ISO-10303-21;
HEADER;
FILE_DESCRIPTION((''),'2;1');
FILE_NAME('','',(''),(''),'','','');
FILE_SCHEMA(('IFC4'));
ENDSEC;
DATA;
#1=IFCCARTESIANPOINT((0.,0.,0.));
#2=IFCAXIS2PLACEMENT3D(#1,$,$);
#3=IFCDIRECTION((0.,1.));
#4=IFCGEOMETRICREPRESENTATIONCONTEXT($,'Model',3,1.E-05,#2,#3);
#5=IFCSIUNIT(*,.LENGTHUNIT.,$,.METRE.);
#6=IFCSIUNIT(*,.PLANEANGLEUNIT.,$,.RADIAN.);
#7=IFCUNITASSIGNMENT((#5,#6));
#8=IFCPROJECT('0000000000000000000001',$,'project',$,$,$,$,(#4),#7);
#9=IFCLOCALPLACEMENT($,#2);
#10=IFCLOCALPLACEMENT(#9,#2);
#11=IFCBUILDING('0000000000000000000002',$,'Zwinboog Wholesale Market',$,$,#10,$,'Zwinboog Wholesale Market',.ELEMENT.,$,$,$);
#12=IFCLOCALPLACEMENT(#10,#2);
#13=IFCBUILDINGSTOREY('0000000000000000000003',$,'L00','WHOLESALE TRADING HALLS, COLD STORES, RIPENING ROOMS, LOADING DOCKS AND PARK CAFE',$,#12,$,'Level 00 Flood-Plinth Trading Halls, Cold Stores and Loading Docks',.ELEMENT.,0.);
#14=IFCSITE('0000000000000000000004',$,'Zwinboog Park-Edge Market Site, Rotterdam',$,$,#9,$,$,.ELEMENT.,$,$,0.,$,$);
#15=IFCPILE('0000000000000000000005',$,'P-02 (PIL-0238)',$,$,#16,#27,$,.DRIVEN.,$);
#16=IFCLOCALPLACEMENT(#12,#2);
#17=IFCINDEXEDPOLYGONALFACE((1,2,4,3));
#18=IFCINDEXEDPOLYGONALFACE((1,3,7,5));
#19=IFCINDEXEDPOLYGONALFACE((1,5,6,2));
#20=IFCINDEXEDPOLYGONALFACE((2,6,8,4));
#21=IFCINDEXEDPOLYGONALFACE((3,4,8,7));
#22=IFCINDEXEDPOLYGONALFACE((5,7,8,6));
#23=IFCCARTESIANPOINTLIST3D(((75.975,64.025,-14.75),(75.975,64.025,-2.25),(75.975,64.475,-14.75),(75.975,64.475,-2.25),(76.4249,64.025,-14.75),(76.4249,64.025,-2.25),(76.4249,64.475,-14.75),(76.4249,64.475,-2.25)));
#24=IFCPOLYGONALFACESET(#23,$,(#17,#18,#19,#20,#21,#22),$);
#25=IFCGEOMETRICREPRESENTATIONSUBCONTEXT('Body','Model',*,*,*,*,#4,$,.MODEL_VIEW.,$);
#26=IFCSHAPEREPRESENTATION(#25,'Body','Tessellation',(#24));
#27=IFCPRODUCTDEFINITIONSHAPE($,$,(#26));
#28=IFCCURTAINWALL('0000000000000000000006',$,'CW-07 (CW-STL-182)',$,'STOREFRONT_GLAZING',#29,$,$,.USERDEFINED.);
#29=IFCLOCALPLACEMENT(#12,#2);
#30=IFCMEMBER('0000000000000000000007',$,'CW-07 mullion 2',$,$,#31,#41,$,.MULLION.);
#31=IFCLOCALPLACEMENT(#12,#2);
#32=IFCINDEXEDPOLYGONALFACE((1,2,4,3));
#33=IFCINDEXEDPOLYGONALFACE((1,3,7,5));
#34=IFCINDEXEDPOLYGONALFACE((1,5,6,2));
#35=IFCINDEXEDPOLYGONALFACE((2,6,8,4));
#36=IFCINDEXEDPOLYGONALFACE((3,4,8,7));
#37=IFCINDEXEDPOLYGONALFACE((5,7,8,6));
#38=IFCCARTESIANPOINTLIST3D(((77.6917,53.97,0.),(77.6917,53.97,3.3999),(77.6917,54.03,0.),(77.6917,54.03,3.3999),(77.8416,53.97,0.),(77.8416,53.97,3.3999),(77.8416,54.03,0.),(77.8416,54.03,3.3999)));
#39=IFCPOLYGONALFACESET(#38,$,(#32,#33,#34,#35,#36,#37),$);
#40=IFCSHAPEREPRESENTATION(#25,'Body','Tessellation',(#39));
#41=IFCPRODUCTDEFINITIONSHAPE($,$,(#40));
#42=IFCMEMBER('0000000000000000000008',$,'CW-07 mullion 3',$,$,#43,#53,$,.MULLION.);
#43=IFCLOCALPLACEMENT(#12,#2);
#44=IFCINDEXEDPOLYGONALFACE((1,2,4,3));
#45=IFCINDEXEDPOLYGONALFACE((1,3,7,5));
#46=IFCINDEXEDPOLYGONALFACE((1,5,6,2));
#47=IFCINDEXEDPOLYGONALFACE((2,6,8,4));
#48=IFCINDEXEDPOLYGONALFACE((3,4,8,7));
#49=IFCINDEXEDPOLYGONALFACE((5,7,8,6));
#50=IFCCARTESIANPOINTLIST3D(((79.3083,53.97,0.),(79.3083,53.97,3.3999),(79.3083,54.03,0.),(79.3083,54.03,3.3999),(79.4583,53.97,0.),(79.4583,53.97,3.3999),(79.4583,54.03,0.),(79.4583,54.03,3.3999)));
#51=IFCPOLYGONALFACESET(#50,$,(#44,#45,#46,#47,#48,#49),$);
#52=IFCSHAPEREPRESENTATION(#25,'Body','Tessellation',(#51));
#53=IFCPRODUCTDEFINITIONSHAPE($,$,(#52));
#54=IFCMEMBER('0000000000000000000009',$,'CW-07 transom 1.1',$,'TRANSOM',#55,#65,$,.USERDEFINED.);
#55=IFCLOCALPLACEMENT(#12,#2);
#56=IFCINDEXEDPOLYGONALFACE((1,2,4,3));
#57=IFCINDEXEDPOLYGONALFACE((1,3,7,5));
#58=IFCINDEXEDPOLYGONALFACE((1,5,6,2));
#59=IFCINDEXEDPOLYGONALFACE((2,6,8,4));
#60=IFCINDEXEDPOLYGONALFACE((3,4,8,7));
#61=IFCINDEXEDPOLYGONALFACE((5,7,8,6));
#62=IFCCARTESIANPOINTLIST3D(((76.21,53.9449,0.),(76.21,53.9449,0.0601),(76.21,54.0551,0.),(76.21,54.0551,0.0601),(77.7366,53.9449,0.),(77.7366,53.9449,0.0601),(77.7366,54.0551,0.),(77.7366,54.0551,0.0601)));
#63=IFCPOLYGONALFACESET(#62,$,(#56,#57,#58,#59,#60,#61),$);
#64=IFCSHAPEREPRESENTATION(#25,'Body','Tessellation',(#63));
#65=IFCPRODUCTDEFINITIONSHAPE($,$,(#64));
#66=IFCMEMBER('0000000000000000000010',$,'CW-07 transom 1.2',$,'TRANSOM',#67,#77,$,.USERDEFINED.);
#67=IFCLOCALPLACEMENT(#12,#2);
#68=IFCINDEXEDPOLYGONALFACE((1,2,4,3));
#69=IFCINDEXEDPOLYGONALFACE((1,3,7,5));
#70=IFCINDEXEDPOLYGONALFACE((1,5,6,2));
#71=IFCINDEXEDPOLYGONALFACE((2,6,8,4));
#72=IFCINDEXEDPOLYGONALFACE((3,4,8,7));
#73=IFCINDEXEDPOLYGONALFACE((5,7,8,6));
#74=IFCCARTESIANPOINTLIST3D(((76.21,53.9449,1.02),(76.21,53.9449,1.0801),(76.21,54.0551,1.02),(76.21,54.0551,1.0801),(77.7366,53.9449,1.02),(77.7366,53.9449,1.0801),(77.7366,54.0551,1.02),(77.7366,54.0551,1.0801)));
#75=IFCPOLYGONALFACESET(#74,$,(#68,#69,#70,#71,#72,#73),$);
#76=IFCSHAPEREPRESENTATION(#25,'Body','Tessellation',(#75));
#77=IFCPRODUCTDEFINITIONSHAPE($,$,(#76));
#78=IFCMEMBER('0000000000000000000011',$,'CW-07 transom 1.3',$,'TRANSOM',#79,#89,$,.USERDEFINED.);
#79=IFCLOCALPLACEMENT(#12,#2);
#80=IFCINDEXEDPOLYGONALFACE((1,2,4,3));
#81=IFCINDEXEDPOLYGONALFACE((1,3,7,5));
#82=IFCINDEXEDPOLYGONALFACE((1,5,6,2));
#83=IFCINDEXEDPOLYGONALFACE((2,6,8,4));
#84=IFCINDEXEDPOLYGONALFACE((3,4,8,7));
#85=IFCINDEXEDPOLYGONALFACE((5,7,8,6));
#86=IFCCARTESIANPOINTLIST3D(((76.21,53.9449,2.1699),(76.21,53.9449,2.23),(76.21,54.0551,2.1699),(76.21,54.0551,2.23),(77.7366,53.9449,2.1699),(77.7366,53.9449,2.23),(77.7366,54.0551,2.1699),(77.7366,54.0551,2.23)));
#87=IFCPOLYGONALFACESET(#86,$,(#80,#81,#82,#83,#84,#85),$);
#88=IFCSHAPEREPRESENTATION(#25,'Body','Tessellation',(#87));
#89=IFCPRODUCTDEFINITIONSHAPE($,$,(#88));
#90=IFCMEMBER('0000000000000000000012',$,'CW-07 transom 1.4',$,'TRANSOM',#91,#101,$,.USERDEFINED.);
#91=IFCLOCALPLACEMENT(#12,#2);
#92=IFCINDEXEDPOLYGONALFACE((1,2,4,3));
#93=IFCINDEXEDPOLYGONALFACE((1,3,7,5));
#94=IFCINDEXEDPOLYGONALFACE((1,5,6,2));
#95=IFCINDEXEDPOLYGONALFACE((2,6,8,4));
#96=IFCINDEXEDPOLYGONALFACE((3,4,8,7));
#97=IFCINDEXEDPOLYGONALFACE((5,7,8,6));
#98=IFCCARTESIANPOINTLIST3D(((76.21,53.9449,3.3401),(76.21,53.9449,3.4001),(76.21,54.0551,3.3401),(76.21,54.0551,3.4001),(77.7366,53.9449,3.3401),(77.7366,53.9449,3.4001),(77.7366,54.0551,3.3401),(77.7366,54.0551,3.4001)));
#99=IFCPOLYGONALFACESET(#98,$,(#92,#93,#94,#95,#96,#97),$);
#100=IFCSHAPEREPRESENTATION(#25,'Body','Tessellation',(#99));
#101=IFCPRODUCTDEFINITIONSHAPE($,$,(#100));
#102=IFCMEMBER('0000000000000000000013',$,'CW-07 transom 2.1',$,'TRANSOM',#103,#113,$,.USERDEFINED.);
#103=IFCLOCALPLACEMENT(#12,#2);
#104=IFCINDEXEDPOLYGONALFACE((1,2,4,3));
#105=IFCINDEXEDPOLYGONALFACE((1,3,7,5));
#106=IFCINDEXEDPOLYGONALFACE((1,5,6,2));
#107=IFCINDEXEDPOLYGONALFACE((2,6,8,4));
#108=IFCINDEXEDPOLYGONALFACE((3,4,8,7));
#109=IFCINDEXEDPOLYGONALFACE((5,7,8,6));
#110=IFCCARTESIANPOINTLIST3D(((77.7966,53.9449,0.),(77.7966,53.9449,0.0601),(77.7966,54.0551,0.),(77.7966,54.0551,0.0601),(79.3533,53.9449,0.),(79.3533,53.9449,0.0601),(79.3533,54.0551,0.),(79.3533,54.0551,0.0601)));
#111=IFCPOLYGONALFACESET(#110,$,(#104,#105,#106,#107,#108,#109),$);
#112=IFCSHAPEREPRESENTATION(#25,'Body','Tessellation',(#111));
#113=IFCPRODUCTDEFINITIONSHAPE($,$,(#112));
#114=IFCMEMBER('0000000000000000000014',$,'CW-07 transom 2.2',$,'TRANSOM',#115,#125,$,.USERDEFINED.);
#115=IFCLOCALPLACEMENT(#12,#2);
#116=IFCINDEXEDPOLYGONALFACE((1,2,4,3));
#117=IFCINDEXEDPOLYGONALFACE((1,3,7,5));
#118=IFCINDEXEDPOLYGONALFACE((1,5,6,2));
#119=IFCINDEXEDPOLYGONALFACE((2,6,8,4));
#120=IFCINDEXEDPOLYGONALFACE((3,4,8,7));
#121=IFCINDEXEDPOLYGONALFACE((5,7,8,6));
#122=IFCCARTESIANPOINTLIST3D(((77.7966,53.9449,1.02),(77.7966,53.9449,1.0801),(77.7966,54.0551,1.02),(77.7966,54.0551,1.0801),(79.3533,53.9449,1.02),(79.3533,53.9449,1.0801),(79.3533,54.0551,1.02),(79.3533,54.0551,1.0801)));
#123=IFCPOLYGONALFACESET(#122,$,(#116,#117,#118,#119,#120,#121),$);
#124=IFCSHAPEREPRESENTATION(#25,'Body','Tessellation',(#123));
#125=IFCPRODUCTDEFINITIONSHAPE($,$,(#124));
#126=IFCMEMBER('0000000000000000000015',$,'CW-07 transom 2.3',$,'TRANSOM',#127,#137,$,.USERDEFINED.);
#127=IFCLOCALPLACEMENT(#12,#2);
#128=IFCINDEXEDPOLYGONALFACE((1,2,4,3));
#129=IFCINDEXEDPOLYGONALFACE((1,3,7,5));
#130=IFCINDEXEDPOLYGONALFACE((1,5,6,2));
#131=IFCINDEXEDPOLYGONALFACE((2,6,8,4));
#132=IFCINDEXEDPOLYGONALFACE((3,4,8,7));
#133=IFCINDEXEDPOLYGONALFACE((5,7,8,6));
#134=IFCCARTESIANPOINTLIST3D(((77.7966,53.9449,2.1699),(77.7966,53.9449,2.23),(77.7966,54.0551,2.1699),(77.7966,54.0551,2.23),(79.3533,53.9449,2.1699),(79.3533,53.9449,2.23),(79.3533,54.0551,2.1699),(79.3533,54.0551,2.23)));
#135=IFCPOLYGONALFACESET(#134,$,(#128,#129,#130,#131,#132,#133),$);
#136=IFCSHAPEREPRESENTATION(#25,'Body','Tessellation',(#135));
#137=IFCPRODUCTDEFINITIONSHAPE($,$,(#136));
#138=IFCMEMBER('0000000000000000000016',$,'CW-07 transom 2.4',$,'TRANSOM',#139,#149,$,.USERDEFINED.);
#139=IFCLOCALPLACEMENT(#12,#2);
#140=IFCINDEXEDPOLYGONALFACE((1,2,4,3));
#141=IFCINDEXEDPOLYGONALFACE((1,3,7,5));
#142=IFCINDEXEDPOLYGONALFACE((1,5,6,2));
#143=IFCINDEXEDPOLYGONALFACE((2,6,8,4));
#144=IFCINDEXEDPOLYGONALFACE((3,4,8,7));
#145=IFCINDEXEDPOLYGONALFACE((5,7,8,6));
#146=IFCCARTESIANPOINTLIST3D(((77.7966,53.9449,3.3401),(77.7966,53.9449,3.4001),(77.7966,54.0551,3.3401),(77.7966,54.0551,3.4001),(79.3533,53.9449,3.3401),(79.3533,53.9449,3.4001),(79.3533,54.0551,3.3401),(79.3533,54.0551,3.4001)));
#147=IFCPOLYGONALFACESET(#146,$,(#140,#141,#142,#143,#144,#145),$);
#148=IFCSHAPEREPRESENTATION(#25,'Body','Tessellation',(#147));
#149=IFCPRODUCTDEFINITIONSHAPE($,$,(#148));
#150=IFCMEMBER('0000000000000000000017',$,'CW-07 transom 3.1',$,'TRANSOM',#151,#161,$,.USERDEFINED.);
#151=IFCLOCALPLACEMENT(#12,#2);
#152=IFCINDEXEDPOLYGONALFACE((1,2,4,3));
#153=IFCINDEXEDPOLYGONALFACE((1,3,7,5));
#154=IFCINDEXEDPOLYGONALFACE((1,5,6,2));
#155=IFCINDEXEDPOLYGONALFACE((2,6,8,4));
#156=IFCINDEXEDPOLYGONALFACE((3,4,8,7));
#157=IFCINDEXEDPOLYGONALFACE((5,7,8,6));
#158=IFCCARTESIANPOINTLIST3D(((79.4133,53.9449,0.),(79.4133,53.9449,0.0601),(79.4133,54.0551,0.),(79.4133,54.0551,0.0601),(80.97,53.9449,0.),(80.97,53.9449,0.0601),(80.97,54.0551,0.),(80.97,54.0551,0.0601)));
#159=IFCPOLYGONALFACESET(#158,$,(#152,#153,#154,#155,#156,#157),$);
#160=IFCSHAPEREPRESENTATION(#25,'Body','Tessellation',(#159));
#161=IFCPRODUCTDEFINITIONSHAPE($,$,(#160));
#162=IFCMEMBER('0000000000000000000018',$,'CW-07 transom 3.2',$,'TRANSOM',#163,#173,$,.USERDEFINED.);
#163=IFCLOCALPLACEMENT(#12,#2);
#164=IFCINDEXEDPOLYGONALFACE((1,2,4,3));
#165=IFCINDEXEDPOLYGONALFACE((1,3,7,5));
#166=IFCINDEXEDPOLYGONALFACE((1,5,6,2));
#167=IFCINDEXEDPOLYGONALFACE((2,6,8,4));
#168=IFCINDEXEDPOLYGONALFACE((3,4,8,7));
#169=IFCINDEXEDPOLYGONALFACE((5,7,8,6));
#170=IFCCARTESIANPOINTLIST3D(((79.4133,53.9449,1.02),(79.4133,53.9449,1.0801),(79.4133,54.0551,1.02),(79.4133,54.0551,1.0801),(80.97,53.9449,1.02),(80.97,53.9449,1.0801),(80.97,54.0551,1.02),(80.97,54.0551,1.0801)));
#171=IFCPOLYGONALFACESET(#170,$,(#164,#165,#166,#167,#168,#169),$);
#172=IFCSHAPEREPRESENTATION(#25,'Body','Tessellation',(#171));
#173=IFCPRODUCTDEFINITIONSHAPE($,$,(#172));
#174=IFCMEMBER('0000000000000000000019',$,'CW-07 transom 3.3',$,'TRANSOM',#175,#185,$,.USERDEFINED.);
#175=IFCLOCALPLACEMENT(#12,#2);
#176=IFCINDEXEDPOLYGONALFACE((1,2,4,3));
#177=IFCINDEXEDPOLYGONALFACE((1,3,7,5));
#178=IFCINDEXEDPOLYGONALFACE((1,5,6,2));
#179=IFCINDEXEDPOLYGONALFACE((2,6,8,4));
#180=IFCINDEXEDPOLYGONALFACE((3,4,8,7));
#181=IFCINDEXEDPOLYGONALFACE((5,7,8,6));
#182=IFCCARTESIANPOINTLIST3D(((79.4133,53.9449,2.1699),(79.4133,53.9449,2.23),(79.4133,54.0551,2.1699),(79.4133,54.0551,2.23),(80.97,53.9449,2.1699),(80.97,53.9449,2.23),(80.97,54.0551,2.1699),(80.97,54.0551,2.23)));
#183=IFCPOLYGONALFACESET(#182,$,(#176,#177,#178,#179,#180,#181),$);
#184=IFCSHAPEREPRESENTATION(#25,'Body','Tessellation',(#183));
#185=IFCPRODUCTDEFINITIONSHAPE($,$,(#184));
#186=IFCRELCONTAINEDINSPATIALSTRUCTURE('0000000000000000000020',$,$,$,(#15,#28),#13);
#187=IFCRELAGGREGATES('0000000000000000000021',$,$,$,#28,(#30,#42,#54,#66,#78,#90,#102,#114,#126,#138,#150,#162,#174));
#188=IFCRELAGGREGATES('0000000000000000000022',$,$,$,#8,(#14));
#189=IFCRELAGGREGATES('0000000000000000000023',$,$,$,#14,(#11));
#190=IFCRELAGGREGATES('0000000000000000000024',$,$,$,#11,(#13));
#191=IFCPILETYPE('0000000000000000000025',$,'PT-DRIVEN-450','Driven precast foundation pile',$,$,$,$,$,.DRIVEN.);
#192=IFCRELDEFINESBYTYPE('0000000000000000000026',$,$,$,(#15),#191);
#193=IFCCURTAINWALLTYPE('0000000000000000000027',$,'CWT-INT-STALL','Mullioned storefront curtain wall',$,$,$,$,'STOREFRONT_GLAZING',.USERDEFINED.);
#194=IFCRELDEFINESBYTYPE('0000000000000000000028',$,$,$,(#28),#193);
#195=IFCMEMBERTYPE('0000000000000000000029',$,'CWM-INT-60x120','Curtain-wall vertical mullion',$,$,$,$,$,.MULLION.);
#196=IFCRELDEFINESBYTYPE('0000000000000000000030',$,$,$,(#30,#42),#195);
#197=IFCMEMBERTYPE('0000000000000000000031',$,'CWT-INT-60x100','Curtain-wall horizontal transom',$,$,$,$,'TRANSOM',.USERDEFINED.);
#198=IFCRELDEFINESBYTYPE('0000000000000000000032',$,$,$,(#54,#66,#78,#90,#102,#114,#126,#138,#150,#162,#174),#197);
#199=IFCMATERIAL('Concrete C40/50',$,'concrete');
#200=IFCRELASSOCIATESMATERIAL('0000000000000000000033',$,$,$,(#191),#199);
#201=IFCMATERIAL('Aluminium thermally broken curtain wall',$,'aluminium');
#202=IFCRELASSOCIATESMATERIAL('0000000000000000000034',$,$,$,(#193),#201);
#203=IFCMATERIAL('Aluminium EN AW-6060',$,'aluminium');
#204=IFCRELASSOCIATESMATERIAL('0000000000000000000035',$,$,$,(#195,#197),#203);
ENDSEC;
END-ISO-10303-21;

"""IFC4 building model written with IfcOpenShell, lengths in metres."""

from ifc_helpers import new_model, si_unit, direction, frame, origin, origin_2d, place, context, subcontext, project, spatial, rectangle, extrude, material, material_profile, profile_set, type_object, element, aggregate, save


model = new_model("IFC4")

# Units and contexts
model_context = context("Model", 3, precision=1e-05, world=origin(), true_north=direction((0.0, 1.0)))
body_context = subcontext(model_context, "Body", "Model", "MODEL_VIEW")
ifc_project = project(units=[si_unit("LENGTHUNIT", "METRE"), si_unit("PLANEANGLEUNIT", "RADIAN")], contexts=[model_context])

# Site, building, storey
site_placement = place(None, origin())
site = spatial("IfcSite", under=ifc_project, at=site_placement, Name="Zwinboog Park-Edge Market Site, Rotterdam", CompositionType="ELEMENT", RefElevation=0.0)
building_placement = place(site_placement, origin())
building = spatial("IfcBuilding", under=site, at=building_placement, Name="Zwinboog Wholesale Market", LongName="Zwinboog Wholesale Market", CompositionType="ELEMENT")
storey_placement = place(building_placement, origin())
storey = spatial("IfcBuildingStorey", under=building, at=storey_placement, Name="L00", Description="WHOLESALE TRADING HALLS, COLD STORES, RIPENING ROOMS, LOADING DOCKS AND PARK CAFE", LongName="Level 00 Flood-Plinth Trading Halls, Cold Stores and Loading Docks", CompositionType="ELEMENT", Elevation=0.0)

# Pile
ifc_material_1 = material(Name="Concrete C40/50", Category="concrete")
ifc_material_profile_1 = material_profile(ifc_material_1, rectangle(XDim=0.45, YDim=0.45, at=origin_2d()), Name="PILE SQ450")
ifc_profile_set_1 = profile_set([ifc_material_profile_1], Name="Concrete C40/50")
pile_type = type_object("IfcPileType", Name="PT-DRIVEN-450", Description="Driven precast foundation pile", PredefinedType="DRIVEN", material=ifc_profile_set_1)
pile_placement = place(storey_placement, frame((76.2, 64.25, -2.25), z_axis=(0.0, 0.0, -1.0), x_axis=(1.0, 0.0, 0.0)))
element("IfcPile", 1, at=pile_placement, inside=storey, type_object=pile_type, Name="P-02 (PIL-0238)", PredefinedType="DRIVEN", context=body_context, shape_type="SweptSolid", body=[
    extrude(rectangle(XDim=0.45, YDim=0.45, at=origin_2d()), origin(), (0.0, 0.0, 1.0), 12.5),
])

# Curtain wall, members
ifc_material_2 = material(Name="Aluminium thermally broken curtain wall", Category="aluminium")
curtain_wall_type = type_object("IfcCurtainWallType", Name="CWT-INT-STALL", Description="Mullioned storefront curtain wall", ElementType="STOREFRONT_GLAZING", PredefinedType="USERDEFINED", material=ifc_material_2)
curtain_wall_placement = place(storey_placement, origin())
curtain_wall = element("IfcCurtainWall", 2, at=curtain_wall_placement, inside=storey, type_object=curtain_wall_type, Name="CW-07 (CW-STL-182)", ObjectType="STOREFRONT_GLAZING", PredefinedType="USERDEFINED")
ifc_material_3 = material(Name="Aluminium EN AW-6060", Category="aluminium")
ifc_material_profile_2 = material_profile(ifc_material_3, rectangle(XDim=0.0601, YDim=0.1499, at=origin_2d()), Name="AL 60x150")
ifc_profile_set_2 = profile_set([ifc_material_profile_2], Name="Aluminium EN AW-6060")
member_type_1 = type_object("IfcMemberType", Name="CWM-INT-60x120", Description="Curtain-wall vertical mullion", PredefinedType="MULLION", material=ifc_profile_set_2)
member_1_placement = place(storey_placement, frame((77.7666, 54.0, 0.0), z_axis=(0.0, 0.0, 1.0), x_axis=(0.0, 1.0, 0.0)))
member_1 = element("IfcMember", 3, at=member_1_placement, type_object=member_type_1, Name="CW-07 mullion 2", PredefinedType="MULLION", context=body_context, shape_type="SweptSolid", body=[
    extrude(rectangle(XDim=0.0601, YDim=0.1499, at=origin_2d()), origin(), (0.0, 0.0, 1.0), 3.3999),
])
member_2_placement = place(storey_placement, frame((79.3833, 54.0, 0.0), z_axis=(0.0, 0.0, 1.0), x_axis=(0.0, 1.0, 0.0)))
member_2 = element("IfcMember", 4, at=member_2_placement, type_object=member_type_1, Name="CW-07 mullion 3", PredefinedType="MULLION", context=body_context, shape_type="SweptSolid", body=[
    extrude(rectangle(XDim=0.0601, YDim=0.1499, at=origin_2d()), origin(), (0.0, 0.0, 1.0), 3.3999),
])
ifc_material_profile_3 = material_profile(ifc_material_3, rectangle(XDim=0.1101, YDim=0.0601, at=origin_2d()), Name="AL 60x110")
ifc_profile_set_3 = profile_set([ifc_material_profile_3], Name="Aluminium EN AW-6060")
member_type_2 = type_object("IfcMemberType", Name="CWT-INT-60x100", Description="Curtain-wall horizontal transom", ElementType="TRANSOM", PredefinedType="USERDEFINED", material=ifc_profile_set_3)
member_3_placement = place(storey_placement, frame((76.21, 54.0, 0.03), z_axis=(1.0, 0.0, 0.0), x_axis=(0.0, 1.0, 0.0)))
member_3 = element("IfcMember", 5, at=member_3_placement, type_object=member_type_2, Name="CW-07 transom 1.1", ObjectType="TRANSOM", PredefinedType="USERDEFINED", context=body_context, shape_type="SweptSolid", body=[
    extrude(rectangle(XDim=0.1101, YDim=0.0601, at=origin_2d()), origin(), (0.0, 0.0, 1.0), 1.5266),
])
member_4_placement = place(storey_placement, frame((76.21, 54.0, 1.05), z_axis=(1.0, 0.0, 0.0), x_axis=(0.0, 1.0, 0.0)))
member_4 = element("IfcMember", 6, at=member_4_placement, type_object=member_type_2, Name="CW-07 transom 1.2", ObjectType="TRANSOM", PredefinedType="USERDEFINED", context=body_context, shape_type="SweptSolid", body=[
    extrude(rectangle(XDim=0.1101, YDim=0.0601, at=origin_2d()), origin(), (0.0, 0.0, 1.0), 1.5266),
])
member_5_placement = place(storey_placement, frame((76.21, 54.0, 2.2), z_axis=(1.0, 0.0, 0.0), x_axis=(0.0, 1.0, 0.0)))
member_5 = element("IfcMember", 7, at=member_5_placement, type_object=member_type_2, Name="CW-07 transom 1.3", ObjectType="TRANSOM", PredefinedType="USERDEFINED", context=body_context, shape_type="SweptSolid", body=[
    extrude(rectangle(XDim=0.1101, YDim=0.0601, at=origin_2d()), origin(), (0.0, 0.0, 1.0), 1.5266),
])
member_6_placement = place(storey_placement, frame((76.21, 54.0, 3.3701), z_axis=(1.0, 0.0, 0.0), x_axis=(0.0, 1.0, 0.0)))
member_6 = element("IfcMember", 8, at=member_6_placement, type_object=member_type_2, Name="CW-07 transom 1.4", ObjectType="TRANSOM", PredefinedType="USERDEFINED", context=body_context, shape_type="SweptSolid", body=[
    extrude(rectangle(XDim=0.1101, YDim=0.0601, at=origin_2d()), origin(), (0.0, 0.0, 1.0), 1.5266),
])
member_7_placement = place(storey_placement, frame((77.7966, 54.0, 0.03), z_axis=(1.0, 0.0, 0.0), x_axis=(0.0, 1.0, 0.0)))
member_7 = element("IfcMember", 9, at=member_7_placement, type_object=member_type_2, Name="CW-07 transom 2.1", ObjectType="TRANSOM", PredefinedType="USERDEFINED", context=body_context, shape_type="SweptSolid", body=[
    extrude(rectangle(XDim=0.1101, YDim=0.0601, at=origin_2d()), origin(), (0.0, 0.0, 1.0), 1.5566),
])
member_8_placement = place(storey_placement, frame((77.7966, 54.0, 1.05), z_axis=(1.0, 0.0, 0.0), x_axis=(0.0, 1.0, 0.0)))
member_8 = element("IfcMember", 10, at=member_8_placement, type_object=member_type_2, Name="CW-07 transom 2.2", ObjectType="TRANSOM", PredefinedType="USERDEFINED", context=body_context, shape_type="SweptSolid", body=[
    extrude(rectangle(XDim=0.1101, YDim=0.0601, at=origin_2d()), origin(), (0.0, 0.0, 1.0), 1.5566),
])
member_9_placement = place(storey_placement, frame((77.7966, 54.0, 2.2), z_axis=(1.0, 0.0, 0.0), x_axis=(0.0, 1.0, 0.0)))
member_9 = element("IfcMember", 11, at=member_9_placement, type_object=member_type_2, Name="CW-07 transom 2.3", ObjectType="TRANSOM", PredefinedType="USERDEFINED", context=body_context, shape_type="SweptSolid", body=[
    extrude(rectangle(XDim=0.1101, YDim=0.0601, at=origin_2d()), origin(), (0.0, 0.0, 1.0), 1.5566),
])
member_10_placement = place(storey_placement, frame((77.7966, 54.0, 3.3701), z_axis=(1.0, 0.0, 0.0), x_axis=(0.0, 1.0, 0.0)))
member_10 = element("IfcMember", 12, at=member_10_placement, type_object=member_type_2, Name="CW-07 transom 2.4", ObjectType="TRANSOM", PredefinedType="USERDEFINED", context=body_context, shape_type="SweptSolid", body=[
    extrude(rectangle(XDim=0.1101, YDim=0.0601, at=origin_2d()), origin(), (0.0, 0.0, 1.0), 1.5566),
])
member_11_placement = place(storey_placement, frame((79.4133, 54.0, 0.03), z_axis=(1.0, 0.0, 0.0), x_axis=(0.0, 1.0, 0.0)))
member_11 = element("IfcMember", 13, at=member_11_placement, type_object=member_type_2, Name="CW-07 transom 3.1", ObjectType="TRANSOM", PredefinedType="USERDEFINED", context=body_context, shape_type="SweptSolid", body=[
    extrude(rectangle(XDim=0.1101, YDim=0.0601, at=origin_2d()), origin(), (0.0, 0.0, 1.0), 1.5566),
])
member_12_placement = place(storey_placement, frame((79.4133, 54.0, 1.05), z_axis=(1.0, 0.0, 0.0), x_axis=(0.0, 1.0, 0.0)))
member_12 = element("IfcMember", 14, at=member_12_placement, type_object=member_type_2, Name="CW-07 transom 3.2", ObjectType="TRANSOM", PredefinedType="USERDEFINED", context=body_context, shape_type="SweptSolid", body=[
    extrude(rectangle(XDim=0.1101, YDim=0.0601, at=origin_2d()), origin(), (0.0, 0.0, 1.0), 1.5566),
])
member_13_placement = place(storey_placement, frame((79.4133, 54.0, 2.2), z_axis=(1.0, 0.0, 0.0), x_axis=(0.0, 1.0, 0.0)))
member_13 = element("IfcMember", 15, at=member_13_placement, type_object=member_type_2, Name="CW-07 transom 3.3", ObjectType="TRANSOM", PredefinedType="USERDEFINED", context=body_context, shape_type="SweptSolid", body=[
    extrude(rectangle(XDim=0.1101, YDim=0.0601, at=origin_2d()), origin(), (0.0, 0.0, 1.0), 1.5566),
])
aggregate(curtain_wall, [member_1, member_2, member_3, member_4, member_5, member_6, member_7, member_8, member_9, member_10, member_11, member_12, member_13])

save(model, "model.ifc")
